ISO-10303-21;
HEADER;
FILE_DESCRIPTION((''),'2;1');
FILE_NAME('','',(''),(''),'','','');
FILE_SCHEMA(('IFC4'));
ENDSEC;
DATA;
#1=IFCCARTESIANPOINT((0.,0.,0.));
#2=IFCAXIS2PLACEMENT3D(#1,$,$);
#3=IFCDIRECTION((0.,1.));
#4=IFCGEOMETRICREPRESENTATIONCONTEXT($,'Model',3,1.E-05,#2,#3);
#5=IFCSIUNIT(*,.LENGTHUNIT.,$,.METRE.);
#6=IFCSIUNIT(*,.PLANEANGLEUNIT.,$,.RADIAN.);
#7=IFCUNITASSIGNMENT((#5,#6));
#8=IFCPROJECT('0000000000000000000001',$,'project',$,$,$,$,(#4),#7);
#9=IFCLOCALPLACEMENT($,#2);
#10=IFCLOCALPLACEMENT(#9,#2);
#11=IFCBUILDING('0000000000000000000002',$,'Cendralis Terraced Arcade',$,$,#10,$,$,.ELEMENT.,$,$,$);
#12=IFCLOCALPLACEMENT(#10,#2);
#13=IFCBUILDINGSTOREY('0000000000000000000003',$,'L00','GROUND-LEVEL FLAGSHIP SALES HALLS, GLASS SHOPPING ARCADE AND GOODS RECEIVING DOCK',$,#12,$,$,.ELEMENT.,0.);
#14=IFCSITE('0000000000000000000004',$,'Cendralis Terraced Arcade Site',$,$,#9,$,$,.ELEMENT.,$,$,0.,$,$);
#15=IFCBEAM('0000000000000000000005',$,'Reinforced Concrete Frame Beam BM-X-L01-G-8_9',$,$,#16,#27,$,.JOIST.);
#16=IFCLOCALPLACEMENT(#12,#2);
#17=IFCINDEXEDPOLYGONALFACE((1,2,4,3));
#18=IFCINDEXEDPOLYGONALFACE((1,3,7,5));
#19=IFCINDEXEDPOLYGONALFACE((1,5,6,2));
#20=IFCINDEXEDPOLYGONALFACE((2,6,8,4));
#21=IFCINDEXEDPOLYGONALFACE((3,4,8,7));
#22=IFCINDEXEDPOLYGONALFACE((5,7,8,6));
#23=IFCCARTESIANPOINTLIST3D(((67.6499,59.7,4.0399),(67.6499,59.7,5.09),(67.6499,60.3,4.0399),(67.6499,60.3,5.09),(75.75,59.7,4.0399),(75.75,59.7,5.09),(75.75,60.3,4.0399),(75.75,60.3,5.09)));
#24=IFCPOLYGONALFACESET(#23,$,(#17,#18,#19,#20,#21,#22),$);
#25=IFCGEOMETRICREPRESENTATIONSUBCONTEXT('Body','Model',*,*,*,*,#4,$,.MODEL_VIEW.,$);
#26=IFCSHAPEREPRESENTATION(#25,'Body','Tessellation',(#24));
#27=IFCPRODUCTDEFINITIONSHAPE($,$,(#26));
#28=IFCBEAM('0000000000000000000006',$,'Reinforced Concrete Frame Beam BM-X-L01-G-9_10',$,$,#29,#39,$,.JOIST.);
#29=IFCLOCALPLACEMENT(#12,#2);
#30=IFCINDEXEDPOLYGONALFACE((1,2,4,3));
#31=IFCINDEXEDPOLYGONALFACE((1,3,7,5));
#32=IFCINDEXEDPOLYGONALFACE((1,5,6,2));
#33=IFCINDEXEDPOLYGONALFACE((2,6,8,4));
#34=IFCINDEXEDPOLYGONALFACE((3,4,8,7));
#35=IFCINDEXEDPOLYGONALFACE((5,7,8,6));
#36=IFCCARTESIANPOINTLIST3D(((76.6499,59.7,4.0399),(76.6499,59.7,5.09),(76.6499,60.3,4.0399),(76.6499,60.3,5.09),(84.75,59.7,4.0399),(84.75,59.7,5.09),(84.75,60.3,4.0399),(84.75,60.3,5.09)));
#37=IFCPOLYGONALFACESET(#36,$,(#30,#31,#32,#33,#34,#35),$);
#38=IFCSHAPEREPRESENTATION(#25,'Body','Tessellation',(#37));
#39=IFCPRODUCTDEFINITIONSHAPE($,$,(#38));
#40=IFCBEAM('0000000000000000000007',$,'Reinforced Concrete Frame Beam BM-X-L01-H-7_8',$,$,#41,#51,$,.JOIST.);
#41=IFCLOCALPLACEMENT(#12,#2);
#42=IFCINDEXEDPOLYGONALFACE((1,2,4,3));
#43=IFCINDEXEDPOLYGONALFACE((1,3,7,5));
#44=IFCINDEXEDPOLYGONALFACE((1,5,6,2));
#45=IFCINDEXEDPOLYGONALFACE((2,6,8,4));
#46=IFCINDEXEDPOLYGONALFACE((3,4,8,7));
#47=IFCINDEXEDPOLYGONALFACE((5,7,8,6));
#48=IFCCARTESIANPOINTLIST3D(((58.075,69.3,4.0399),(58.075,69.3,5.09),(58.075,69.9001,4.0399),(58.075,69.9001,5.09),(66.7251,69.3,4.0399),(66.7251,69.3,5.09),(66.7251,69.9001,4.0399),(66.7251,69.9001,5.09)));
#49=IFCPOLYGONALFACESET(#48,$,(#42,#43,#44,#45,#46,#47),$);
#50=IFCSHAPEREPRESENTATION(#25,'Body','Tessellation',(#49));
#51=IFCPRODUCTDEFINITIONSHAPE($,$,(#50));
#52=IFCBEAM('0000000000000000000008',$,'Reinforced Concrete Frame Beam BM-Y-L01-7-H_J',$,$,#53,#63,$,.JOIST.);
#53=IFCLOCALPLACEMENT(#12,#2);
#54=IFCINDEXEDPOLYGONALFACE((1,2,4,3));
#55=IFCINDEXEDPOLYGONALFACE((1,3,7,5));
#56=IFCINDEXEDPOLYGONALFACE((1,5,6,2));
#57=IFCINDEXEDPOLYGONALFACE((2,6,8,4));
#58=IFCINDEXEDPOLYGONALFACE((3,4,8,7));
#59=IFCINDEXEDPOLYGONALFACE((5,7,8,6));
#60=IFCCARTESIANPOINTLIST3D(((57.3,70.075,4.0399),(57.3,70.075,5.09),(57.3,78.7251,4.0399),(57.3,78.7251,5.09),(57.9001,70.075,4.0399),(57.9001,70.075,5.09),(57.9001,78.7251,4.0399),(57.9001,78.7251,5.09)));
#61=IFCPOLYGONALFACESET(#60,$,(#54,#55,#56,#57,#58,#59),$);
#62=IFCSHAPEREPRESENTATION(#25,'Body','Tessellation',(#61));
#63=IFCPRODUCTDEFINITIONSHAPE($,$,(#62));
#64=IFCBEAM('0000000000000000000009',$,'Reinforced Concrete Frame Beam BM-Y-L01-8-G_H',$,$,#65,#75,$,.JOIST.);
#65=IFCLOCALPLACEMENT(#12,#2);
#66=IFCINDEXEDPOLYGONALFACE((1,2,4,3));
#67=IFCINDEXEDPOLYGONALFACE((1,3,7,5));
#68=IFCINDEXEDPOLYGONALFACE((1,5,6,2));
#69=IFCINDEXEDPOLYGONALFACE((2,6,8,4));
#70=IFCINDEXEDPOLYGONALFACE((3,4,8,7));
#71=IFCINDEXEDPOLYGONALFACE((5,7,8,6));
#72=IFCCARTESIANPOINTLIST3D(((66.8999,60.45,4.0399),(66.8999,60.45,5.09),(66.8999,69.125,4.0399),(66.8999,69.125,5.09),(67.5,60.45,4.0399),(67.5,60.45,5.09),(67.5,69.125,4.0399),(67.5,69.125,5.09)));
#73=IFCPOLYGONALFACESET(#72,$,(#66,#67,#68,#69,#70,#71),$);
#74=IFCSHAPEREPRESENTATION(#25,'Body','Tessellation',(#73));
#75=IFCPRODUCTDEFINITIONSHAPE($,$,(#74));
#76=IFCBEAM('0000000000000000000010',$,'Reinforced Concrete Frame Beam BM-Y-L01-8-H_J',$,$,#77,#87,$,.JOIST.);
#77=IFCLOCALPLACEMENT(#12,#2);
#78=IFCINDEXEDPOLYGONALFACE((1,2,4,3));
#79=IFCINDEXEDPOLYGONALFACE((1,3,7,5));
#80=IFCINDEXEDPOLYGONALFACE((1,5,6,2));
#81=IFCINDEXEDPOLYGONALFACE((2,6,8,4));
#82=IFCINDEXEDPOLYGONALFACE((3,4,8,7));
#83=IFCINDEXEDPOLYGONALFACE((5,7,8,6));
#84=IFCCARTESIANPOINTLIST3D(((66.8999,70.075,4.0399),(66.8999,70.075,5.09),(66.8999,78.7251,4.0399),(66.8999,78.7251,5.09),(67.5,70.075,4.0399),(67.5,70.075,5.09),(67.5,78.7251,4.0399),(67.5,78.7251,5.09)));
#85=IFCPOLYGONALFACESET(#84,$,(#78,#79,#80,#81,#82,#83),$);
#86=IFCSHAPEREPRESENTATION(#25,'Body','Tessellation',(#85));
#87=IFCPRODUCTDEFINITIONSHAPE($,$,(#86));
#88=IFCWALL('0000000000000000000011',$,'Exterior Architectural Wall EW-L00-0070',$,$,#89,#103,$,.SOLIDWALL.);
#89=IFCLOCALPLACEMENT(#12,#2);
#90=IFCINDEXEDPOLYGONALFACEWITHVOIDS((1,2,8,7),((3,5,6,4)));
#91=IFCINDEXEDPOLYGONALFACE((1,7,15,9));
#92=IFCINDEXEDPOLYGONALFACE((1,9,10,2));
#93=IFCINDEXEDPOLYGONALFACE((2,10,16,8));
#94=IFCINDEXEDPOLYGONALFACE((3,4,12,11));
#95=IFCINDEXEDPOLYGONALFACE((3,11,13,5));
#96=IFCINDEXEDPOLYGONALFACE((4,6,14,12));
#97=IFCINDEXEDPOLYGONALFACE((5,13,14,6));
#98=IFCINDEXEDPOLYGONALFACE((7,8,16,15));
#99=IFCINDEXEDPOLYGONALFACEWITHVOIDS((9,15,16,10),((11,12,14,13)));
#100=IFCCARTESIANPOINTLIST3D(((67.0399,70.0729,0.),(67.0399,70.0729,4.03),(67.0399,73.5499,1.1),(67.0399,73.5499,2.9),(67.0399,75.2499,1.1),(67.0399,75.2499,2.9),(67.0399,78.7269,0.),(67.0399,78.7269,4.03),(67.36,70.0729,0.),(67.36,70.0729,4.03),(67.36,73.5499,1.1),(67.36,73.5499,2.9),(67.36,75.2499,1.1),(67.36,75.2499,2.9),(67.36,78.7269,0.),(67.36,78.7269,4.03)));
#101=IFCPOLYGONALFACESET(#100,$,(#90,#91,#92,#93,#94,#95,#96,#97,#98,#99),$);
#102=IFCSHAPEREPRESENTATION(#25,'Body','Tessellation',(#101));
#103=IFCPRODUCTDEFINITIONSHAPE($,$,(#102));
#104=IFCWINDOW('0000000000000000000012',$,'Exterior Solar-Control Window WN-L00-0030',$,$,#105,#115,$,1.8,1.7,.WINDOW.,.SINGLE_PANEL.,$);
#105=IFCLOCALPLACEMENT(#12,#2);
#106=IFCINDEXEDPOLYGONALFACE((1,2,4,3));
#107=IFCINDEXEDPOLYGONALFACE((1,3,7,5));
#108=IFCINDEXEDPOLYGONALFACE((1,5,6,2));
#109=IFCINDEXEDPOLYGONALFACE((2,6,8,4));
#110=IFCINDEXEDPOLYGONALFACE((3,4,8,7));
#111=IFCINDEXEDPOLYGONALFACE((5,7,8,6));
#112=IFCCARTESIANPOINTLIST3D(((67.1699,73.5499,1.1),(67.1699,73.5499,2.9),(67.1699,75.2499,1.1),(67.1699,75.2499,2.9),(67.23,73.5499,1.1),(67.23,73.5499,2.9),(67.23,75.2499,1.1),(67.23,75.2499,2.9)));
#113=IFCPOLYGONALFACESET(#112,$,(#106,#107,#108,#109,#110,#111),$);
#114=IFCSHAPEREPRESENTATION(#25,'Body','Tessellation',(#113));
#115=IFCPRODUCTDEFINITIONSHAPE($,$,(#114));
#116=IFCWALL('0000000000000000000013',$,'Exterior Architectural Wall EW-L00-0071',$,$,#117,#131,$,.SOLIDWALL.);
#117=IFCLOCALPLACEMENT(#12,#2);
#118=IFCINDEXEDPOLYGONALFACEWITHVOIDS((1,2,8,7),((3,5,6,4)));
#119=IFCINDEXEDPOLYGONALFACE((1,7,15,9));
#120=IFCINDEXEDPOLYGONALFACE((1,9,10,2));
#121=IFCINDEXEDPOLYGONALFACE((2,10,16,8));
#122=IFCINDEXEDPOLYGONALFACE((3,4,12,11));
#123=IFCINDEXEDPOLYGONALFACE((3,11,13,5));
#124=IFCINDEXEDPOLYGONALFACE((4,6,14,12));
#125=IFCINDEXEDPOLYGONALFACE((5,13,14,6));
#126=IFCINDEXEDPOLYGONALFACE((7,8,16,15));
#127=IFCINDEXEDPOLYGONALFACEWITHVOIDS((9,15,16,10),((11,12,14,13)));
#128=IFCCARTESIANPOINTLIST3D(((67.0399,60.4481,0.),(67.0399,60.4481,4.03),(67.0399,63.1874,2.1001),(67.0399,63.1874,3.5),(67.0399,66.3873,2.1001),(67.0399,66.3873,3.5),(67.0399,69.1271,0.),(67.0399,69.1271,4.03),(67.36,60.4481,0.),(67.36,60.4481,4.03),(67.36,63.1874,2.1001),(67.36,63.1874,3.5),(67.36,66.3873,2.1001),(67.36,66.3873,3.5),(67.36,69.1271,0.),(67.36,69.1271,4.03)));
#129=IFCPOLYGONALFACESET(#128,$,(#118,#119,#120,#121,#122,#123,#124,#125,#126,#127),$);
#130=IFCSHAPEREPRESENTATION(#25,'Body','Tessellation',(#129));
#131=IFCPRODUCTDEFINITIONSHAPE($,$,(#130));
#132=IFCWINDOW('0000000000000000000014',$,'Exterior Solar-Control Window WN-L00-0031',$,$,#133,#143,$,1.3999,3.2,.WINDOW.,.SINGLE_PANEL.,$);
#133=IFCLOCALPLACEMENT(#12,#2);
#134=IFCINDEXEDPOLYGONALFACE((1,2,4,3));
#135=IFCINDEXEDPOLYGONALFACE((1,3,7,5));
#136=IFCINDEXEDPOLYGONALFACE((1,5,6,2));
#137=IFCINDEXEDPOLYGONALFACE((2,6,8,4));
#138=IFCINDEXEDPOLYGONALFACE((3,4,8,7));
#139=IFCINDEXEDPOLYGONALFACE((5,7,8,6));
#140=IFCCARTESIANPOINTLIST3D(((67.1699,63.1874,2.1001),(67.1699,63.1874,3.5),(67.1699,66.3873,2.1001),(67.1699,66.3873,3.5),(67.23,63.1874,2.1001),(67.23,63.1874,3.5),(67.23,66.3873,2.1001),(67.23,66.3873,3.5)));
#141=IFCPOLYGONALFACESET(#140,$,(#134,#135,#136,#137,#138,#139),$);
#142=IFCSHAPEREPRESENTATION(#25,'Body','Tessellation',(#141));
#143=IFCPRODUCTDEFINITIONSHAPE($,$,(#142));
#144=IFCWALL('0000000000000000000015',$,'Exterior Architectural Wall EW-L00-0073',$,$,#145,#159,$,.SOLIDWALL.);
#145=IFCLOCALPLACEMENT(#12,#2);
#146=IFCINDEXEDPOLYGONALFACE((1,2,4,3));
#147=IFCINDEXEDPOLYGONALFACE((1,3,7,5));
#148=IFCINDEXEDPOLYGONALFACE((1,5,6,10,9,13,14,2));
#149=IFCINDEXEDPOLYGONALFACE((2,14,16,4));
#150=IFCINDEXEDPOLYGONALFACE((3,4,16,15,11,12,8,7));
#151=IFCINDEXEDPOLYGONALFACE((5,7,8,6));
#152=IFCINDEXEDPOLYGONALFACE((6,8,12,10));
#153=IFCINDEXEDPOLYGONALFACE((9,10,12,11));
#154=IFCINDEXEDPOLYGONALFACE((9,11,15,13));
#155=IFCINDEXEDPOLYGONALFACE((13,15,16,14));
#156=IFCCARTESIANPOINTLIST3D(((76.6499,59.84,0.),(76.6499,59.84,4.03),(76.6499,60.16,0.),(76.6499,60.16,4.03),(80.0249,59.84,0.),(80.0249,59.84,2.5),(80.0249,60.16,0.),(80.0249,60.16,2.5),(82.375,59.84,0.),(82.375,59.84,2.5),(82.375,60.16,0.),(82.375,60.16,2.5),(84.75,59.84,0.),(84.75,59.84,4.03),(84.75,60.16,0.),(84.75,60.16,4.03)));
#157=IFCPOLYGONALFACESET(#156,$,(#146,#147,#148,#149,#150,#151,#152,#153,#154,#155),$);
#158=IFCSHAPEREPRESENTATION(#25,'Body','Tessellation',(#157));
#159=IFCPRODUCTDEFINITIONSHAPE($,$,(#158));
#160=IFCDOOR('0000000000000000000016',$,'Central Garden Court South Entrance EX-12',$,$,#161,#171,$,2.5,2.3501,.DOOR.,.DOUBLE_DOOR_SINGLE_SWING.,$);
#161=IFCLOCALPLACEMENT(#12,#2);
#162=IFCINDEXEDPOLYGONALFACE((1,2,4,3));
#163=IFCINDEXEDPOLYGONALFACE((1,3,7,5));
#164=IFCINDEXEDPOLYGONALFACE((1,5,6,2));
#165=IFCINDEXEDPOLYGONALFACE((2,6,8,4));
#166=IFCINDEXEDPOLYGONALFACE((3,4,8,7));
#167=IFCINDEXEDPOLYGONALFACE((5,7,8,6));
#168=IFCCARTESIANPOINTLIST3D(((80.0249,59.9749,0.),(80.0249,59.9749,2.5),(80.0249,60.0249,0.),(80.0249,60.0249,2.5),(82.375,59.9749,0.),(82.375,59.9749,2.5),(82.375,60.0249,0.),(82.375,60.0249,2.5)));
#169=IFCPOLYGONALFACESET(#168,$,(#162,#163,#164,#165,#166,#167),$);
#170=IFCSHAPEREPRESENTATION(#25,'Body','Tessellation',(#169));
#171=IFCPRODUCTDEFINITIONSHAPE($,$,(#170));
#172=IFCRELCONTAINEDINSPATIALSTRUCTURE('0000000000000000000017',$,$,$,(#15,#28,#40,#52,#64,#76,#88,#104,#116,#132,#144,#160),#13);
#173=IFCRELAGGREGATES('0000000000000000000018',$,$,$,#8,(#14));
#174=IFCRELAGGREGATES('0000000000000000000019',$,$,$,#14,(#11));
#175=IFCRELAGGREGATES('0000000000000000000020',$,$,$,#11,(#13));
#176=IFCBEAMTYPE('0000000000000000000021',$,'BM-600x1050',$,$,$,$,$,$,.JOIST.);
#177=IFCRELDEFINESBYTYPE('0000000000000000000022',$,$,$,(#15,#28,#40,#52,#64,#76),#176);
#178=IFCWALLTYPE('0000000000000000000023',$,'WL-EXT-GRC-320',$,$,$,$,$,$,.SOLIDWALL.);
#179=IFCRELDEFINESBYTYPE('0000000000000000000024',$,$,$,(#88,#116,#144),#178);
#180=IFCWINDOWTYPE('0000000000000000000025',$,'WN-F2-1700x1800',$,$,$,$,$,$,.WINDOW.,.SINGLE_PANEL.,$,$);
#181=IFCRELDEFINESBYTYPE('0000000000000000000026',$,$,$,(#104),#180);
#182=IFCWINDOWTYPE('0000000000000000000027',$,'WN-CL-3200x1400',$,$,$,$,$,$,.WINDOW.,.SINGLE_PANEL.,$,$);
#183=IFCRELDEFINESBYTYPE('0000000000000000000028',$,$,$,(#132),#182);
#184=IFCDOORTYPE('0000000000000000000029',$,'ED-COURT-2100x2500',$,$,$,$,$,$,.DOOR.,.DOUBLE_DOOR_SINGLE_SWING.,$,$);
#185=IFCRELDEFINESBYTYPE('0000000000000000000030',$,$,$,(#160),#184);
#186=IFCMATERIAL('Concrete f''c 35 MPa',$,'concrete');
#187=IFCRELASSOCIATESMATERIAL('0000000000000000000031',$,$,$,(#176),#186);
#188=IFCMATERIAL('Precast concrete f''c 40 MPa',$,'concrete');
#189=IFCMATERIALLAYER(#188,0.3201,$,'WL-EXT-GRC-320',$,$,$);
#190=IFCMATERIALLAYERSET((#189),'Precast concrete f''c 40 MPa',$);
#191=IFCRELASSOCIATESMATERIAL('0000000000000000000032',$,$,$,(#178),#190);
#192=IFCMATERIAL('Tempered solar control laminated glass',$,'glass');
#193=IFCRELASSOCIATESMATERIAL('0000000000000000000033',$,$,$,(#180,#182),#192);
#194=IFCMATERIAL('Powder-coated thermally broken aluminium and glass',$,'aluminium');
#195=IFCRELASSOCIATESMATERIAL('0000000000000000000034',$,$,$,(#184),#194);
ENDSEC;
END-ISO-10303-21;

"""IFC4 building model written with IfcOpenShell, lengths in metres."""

from ifc_helpers import new_model, si_unit, direction, frame, frame_2d, origin, origin_2d, place, context, subcontext, project, spatial, rectangle, extrude, material, layer, layer_set, material_profile, profile_set, type_object, element, fill, save


model = new_model("IFC4")

# Units and contexts
model_context = context("Model", 3, precision=1e-05, world=origin(), true_north=direction((0.0, 1.0)))
body_context = subcontext(model_context, "Body", "Model", "MODEL_VIEW")
ifc_project = project(units=[si_unit("LENGTHUNIT", "METRE"), si_unit("PLANEANGLEUNIT", "RADIAN")], contexts=[model_context])

# Site, building, storey
site_placement = place(None, origin())
site = spatial("IfcSite", under=ifc_project, at=site_placement, Name="Cendralis Terraced Arcade Site", CompositionType="ELEMENT", RefElevation=0.0)
building_placement = place(site_placement, origin())
building = spatial("IfcBuilding", under=site, at=building_placement, Name="Cendralis Terraced Arcade", CompositionType="ELEMENT")
storey_placement = place(building_placement, origin())
storey = spatial("IfcBuildingStorey", under=building, at=storey_placement, Name="L00", Description="GROUND-LEVEL FLAGSHIP SALES HALLS, GLASS SHOPPING ARCADE AND GOODS RECEIVING DOCK", CompositionType="ELEMENT", Elevation=0.0)

# Shared definitions
ifc_material_1 = material(Name="Concrete f'c 35 MPa", Category="concrete")

# Beams
ifc_material_profile_1 = material_profile(ifc_material_1, rectangle(XDim=0.6001, YDim=1.05, at=origin_2d()), Name="RC-BM-600x1050", Category="LoadBearing")
ifc_profile_set_1 = profile_set([ifc_material_profile_1], Name="Concrete f'c 35 MPa")
beam_type = type_object("IfcBeamType", Name="BM-600x1050", PredefinedType="JOIST", material=ifc_profile_set_1)
for number, where, z_axis, x_axis, name in (
    (1, (67.6499, 60.0, 4.5649), (1.0, 0.0, 0.0), (0.0, 1.0, 0.0), "Reinforced Concrete Frame Beam BM-X-L01-G-8_9"),
    (2, (76.6499, 60.0, 4.5649), (1.0, 0.0, 0.0), (0.0, 1.0, 0.0), "Reinforced Concrete Frame Beam BM-X-L01-G-9_10"),
):
    element("IfcBeam", number, at=place(storey_placement, frame(where, z_axis=z_axis, x_axis=x_axis)), inside=storey, type_object=beam_type, Name=name, PredefinedType="JOIST", context=body_context, shape_type="SweptSolid", body=[
        extrude(rectangle(XDim=0.6001, YDim=1.05, at=origin_2d()), origin(), (0.0, 0.0, 1.0), 8.1001),
    ])
for number, where, z_axis, x_axis, name in (
    (3, (58.075, 69.6001, 4.5649), (1.0, 0.0, 0.0), (0.0, 1.0, 0.0), "Reinforced Concrete Frame Beam BM-X-L01-H-7_8"),
    (4, (57.6001, 70.075, 4.5649), (0.0, 1.0, 0.0), (-1.0, 0.0, 0.0), "Reinforced Concrete Frame Beam BM-Y-L01-7-H_J"),
):
    element("IfcBeam", number, at=place(storey_placement, frame(where, z_axis=z_axis, x_axis=x_axis)), inside=storey, type_object=beam_type, Name=name, PredefinedType="JOIST", context=body_context, shape_type="SweptSolid", body=[
        extrude(rectangle(XDim=0.6001, YDim=1.05, at=origin_2d()), origin(), (0.0, 0.0, 1.0), 8.6501),
    ])
beam_1_placement = place(storey_placement, frame((67.2, 60.45, 4.5649), z_axis=(0.0, 1.0, 0.0), x_axis=(-1.0, 0.0, 0.0)))
element("IfcBeam", 5, at=beam_1_placement, inside=storey, type_object=beam_type, Name="Reinforced Concrete Frame Beam BM-Y-L01-8-G_H", PredefinedType="JOIST", context=body_context, shape_type="SweptSolid", body=[
    extrude(rectangle(XDim=0.6001, YDim=1.05, at=origin_2d()), origin(), (0.0, 0.0, 1.0), 8.675),
])
beam_2_placement = place(storey_placement, frame((67.2, 70.075, 4.5649), z_axis=(0.0, 1.0, 0.0), x_axis=(-1.0, 0.0, 0.0)))
element("IfcBeam", 6, at=beam_2_placement, inside=storey, type_object=beam_type, Name="Reinforced Concrete Frame Beam BM-Y-L01-8-H_J", PredefinedType="JOIST", context=body_context, shape_type="SweptSolid", body=[
    extrude(rectangle(XDim=0.6001, YDim=1.05, at=origin_2d()), origin(), (0.0, 0.0, 1.0), 8.6501),
])

# Walls, openings, windows
ifc_material_2 = material(Name="Precast concrete f'c 40 MPa", Category="concrete")
ifc_layer_1 = layer(ifc_material_2, 0.3201, Name="WL-EXT-GRC-320")
ifc_layer_set_1 = layer_set([ifc_layer_1], Name="Precast concrete f'c 40 MPa")
wall_type = type_object("IfcWallType", Name="WL-EXT-GRC-320", PredefinedType="SOLIDWALL", material=ifc_layer_set_1)
wall_1_placement = place(storey_placement, frame((67.2, 78.7271, 0.0), z_axis=(0.0, 0.0, 1.0), x_axis=(0.0, -1.0, 0.0)))
wall_1 = element("IfcWall", 7, at=wall_1_placement, inside=storey, type_object=wall_type, Name="Exterior Architectural Wall EW-L00-0070", PredefinedType="SOLIDWALL", context=body_context, shape_type="SweptSolid", body=[
    extrude(rectangle(XDim=8.6541, YDim=0.3201, at=frame_2d((4.3271, 0.0))), origin(), (0.0, 0.0, 1.0), 4.03),
])
opening_1_placement = place(wall_1_placement, frame((3.4771, 0.0, 1.1001)))
opening_1 = element("IfcOpeningElement", 8, at=opening_1_placement, cuts=wall_1, PredefinedType="OPENING", context=body_context, shape_type="SweptSolid", body=[
    extrude(rectangle(XDim=1.7, YDim=1.8, at=frame_2d((0.8501, 0.8999))), frame((0.0, 0.1719, 0.0), z_axis=(0.0, -1.0, 0.0), x_axis=(1.0, 0.0, 0.0)), (0.0, 0.0, 1.0), 0.344),
])
ifc_material_3 = material(Name="Tempered solar control laminated glass", Category="glass")
window_type_1 = type_object("IfcWindowType", Name="WN-F2-1700x1800", PartitioningType="SINGLE_PANEL", PredefinedType="WINDOW", material=ifc_material_3)
window_1_placement = place(opening_1_placement, origin())
window_1 = element("IfcWindow", 9, at=window_1_placement, inside=storey, type_object=window_type_1, Name="Exterior Solar-Control Window WN-L00-0030", OverallHeight=1.8, OverallWidth=1.7, PartitioningType="SINGLE_PANEL", PredefinedType="WINDOW", context=body_context, shape_type="SweptSolid", body=[
    extrude(rectangle(XDim=1.7, YDim=1.8, at=frame_2d((0.8501, 0.8999))), frame((0.0, 0.03, 0.0), z_axis=(0.0, -1.0, 0.0), x_axis=(1.0, 0.0, 0.0)), (0.0, 0.0, 1.0), 0.0601),
])
fill(opening_1, window_1)
wall_2_placement = place(storey_placement, frame((67.2, 69.127, 0.0), z_axis=(0.0, 0.0, 1.0), x_axis=(0.0, -1.0, 0.0)))
wall_2 = element("IfcWall", 10, at=wall_2_placement, inside=storey, type_object=wall_type, Name="Exterior Architectural Wall EW-L00-0071", PredefinedType="SOLIDWALL", context=body_context, shape_type="SweptSolid", body=[
    extrude(rectangle(XDim=8.679, YDim=0.3201, at=frame_2d((4.3394, 0.0))), origin(), (0.0, 0.0, 1.0), 4.03),
])
opening_2_placement = place(wall_2_placement, frame((2.7395, 0.0, 2.1001)))
opening_2 = element("IfcOpeningElement", 11, at=opening_2_placement, cuts=wall_2, PredefinedType="OPENING", context=body_context, shape_type="SweptSolid", body=[
    extrude(rectangle(XDim=3.2, YDim=1.3999, at=frame_2d((1.6001, 0.7))), frame((0.0, 0.1719, 0.0), z_axis=(0.0, -1.0, 0.0), x_axis=(1.0, 0.0, 0.0)), (0.0, 0.0, 1.0), 0.344),
])
window_type_2 = type_object("IfcWindowType", Name="WN-CL-3200x1400", PartitioningType="SINGLE_PANEL", PredefinedType="WINDOW", material=ifc_material_3)
window_2_placement = place(opening_2_placement, origin())
window_2 = element("IfcWindow", 12, at=window_2_placement, inside=storey, type_object=window_type_2, Name="Exterior Solar-Control Window WN-L00-0031", OverallHeight=1.3999, OverallWidth=3.2, PartitioningType="SINGLE_PANEL", PredefinedType="WINDOW", context=body_context, shape_type="SweptSolid", body=[
    extrude(rectangle(XDim=3.2, YDim=1.3999, at=frame_2d((1.6001, 0.7))), frame((0.0, 0.03, 0.0), z_axis=(0.0, -1.0, 0.0), x_axis=(1.0, 0.0, 0.0)), (0.0, 0.0, 1.0), 0.0601),
])
fill(opening_2, window_2)

# Wall, opening, door
wall_3_placement = place(storey_placement, frame((76.6499, 60.0, 0.0), z_axis=(0.0, 0.0, 1.0), x_axis=(1.0, 0.0, 0.0)))
wall_3 = element("IfcWall", 13, at=wall_3_placement, inside=storey, type_object=wall_type, Name="Exterior Architectural Wall EW-L00-0073", PredefinedType="SOLIDWALL", context=body_context, shape_type="SweptSolid", body=[
    extrude(rectangle(XDim=8.1001, YDim=0.3201, at=frame_2d((4.05, 0.0))), origin(), (0.0, 0.0, 1.0), 4.03),
])
opening_3_placement = place(wall_3_placement, frame((3.375, 0.0, 0.0)))
opening_3 = element("IfcOpeningElement", 14, at=opening_3_placement, cuts=wall_3, PredefinedType="OPENING", context=body_context, shape_type="SweptSolid", body=[
    extrude(rectangle(XDim=2.3501, YDim=2.5, at=frame_2d((1.175, 1.25))), frame((0.0, 0.1719, 0.0), z_axis=(0.0, -1.0, 0.0), x_axis=(1.0, 0.0, 0.0)), (0.0, 0.0, 1.0), 0.344),
])
ifc_material_4 = material(Name="Powder-coated thermally broken aluminium and glass", Category="aluminium")
door_type = type_object("IfcDoorType", Name="ED-COURT-2100x2500", OperationType="DOUBLE_DOOR_SINGLE_SWING", PredefinedType="DOOR", material=ifc_material_4)
door_placement = place(opening_3_placement, origin())
door = element("IfcDoor", 15, at=door_placement, inside=storey, type_object=door_type, Name="Central Garden Court South Entrance EX-12", OperationType="DOUBLE_DOOR_SINGLE_SWING", OverallHeight=2.5, OverallWidth=2.3501, PredefinedType="DOOR", context=body_context, shape_type="SweptSolid", body=[
    extrude(rectangle(XDim=2.3501, YDim=2.5, at=frame_2d((1.175, 1.25))), frame((0.0, 0.0249, 0.0), z_axis=(0.0, -1.0, 0.0), x_axis=(1.0, 0.0, 0.0)), (0.0, 0.0, 1.0), 0.05),
])
fill(opening_3, door)

save(model, "model.ifc")
